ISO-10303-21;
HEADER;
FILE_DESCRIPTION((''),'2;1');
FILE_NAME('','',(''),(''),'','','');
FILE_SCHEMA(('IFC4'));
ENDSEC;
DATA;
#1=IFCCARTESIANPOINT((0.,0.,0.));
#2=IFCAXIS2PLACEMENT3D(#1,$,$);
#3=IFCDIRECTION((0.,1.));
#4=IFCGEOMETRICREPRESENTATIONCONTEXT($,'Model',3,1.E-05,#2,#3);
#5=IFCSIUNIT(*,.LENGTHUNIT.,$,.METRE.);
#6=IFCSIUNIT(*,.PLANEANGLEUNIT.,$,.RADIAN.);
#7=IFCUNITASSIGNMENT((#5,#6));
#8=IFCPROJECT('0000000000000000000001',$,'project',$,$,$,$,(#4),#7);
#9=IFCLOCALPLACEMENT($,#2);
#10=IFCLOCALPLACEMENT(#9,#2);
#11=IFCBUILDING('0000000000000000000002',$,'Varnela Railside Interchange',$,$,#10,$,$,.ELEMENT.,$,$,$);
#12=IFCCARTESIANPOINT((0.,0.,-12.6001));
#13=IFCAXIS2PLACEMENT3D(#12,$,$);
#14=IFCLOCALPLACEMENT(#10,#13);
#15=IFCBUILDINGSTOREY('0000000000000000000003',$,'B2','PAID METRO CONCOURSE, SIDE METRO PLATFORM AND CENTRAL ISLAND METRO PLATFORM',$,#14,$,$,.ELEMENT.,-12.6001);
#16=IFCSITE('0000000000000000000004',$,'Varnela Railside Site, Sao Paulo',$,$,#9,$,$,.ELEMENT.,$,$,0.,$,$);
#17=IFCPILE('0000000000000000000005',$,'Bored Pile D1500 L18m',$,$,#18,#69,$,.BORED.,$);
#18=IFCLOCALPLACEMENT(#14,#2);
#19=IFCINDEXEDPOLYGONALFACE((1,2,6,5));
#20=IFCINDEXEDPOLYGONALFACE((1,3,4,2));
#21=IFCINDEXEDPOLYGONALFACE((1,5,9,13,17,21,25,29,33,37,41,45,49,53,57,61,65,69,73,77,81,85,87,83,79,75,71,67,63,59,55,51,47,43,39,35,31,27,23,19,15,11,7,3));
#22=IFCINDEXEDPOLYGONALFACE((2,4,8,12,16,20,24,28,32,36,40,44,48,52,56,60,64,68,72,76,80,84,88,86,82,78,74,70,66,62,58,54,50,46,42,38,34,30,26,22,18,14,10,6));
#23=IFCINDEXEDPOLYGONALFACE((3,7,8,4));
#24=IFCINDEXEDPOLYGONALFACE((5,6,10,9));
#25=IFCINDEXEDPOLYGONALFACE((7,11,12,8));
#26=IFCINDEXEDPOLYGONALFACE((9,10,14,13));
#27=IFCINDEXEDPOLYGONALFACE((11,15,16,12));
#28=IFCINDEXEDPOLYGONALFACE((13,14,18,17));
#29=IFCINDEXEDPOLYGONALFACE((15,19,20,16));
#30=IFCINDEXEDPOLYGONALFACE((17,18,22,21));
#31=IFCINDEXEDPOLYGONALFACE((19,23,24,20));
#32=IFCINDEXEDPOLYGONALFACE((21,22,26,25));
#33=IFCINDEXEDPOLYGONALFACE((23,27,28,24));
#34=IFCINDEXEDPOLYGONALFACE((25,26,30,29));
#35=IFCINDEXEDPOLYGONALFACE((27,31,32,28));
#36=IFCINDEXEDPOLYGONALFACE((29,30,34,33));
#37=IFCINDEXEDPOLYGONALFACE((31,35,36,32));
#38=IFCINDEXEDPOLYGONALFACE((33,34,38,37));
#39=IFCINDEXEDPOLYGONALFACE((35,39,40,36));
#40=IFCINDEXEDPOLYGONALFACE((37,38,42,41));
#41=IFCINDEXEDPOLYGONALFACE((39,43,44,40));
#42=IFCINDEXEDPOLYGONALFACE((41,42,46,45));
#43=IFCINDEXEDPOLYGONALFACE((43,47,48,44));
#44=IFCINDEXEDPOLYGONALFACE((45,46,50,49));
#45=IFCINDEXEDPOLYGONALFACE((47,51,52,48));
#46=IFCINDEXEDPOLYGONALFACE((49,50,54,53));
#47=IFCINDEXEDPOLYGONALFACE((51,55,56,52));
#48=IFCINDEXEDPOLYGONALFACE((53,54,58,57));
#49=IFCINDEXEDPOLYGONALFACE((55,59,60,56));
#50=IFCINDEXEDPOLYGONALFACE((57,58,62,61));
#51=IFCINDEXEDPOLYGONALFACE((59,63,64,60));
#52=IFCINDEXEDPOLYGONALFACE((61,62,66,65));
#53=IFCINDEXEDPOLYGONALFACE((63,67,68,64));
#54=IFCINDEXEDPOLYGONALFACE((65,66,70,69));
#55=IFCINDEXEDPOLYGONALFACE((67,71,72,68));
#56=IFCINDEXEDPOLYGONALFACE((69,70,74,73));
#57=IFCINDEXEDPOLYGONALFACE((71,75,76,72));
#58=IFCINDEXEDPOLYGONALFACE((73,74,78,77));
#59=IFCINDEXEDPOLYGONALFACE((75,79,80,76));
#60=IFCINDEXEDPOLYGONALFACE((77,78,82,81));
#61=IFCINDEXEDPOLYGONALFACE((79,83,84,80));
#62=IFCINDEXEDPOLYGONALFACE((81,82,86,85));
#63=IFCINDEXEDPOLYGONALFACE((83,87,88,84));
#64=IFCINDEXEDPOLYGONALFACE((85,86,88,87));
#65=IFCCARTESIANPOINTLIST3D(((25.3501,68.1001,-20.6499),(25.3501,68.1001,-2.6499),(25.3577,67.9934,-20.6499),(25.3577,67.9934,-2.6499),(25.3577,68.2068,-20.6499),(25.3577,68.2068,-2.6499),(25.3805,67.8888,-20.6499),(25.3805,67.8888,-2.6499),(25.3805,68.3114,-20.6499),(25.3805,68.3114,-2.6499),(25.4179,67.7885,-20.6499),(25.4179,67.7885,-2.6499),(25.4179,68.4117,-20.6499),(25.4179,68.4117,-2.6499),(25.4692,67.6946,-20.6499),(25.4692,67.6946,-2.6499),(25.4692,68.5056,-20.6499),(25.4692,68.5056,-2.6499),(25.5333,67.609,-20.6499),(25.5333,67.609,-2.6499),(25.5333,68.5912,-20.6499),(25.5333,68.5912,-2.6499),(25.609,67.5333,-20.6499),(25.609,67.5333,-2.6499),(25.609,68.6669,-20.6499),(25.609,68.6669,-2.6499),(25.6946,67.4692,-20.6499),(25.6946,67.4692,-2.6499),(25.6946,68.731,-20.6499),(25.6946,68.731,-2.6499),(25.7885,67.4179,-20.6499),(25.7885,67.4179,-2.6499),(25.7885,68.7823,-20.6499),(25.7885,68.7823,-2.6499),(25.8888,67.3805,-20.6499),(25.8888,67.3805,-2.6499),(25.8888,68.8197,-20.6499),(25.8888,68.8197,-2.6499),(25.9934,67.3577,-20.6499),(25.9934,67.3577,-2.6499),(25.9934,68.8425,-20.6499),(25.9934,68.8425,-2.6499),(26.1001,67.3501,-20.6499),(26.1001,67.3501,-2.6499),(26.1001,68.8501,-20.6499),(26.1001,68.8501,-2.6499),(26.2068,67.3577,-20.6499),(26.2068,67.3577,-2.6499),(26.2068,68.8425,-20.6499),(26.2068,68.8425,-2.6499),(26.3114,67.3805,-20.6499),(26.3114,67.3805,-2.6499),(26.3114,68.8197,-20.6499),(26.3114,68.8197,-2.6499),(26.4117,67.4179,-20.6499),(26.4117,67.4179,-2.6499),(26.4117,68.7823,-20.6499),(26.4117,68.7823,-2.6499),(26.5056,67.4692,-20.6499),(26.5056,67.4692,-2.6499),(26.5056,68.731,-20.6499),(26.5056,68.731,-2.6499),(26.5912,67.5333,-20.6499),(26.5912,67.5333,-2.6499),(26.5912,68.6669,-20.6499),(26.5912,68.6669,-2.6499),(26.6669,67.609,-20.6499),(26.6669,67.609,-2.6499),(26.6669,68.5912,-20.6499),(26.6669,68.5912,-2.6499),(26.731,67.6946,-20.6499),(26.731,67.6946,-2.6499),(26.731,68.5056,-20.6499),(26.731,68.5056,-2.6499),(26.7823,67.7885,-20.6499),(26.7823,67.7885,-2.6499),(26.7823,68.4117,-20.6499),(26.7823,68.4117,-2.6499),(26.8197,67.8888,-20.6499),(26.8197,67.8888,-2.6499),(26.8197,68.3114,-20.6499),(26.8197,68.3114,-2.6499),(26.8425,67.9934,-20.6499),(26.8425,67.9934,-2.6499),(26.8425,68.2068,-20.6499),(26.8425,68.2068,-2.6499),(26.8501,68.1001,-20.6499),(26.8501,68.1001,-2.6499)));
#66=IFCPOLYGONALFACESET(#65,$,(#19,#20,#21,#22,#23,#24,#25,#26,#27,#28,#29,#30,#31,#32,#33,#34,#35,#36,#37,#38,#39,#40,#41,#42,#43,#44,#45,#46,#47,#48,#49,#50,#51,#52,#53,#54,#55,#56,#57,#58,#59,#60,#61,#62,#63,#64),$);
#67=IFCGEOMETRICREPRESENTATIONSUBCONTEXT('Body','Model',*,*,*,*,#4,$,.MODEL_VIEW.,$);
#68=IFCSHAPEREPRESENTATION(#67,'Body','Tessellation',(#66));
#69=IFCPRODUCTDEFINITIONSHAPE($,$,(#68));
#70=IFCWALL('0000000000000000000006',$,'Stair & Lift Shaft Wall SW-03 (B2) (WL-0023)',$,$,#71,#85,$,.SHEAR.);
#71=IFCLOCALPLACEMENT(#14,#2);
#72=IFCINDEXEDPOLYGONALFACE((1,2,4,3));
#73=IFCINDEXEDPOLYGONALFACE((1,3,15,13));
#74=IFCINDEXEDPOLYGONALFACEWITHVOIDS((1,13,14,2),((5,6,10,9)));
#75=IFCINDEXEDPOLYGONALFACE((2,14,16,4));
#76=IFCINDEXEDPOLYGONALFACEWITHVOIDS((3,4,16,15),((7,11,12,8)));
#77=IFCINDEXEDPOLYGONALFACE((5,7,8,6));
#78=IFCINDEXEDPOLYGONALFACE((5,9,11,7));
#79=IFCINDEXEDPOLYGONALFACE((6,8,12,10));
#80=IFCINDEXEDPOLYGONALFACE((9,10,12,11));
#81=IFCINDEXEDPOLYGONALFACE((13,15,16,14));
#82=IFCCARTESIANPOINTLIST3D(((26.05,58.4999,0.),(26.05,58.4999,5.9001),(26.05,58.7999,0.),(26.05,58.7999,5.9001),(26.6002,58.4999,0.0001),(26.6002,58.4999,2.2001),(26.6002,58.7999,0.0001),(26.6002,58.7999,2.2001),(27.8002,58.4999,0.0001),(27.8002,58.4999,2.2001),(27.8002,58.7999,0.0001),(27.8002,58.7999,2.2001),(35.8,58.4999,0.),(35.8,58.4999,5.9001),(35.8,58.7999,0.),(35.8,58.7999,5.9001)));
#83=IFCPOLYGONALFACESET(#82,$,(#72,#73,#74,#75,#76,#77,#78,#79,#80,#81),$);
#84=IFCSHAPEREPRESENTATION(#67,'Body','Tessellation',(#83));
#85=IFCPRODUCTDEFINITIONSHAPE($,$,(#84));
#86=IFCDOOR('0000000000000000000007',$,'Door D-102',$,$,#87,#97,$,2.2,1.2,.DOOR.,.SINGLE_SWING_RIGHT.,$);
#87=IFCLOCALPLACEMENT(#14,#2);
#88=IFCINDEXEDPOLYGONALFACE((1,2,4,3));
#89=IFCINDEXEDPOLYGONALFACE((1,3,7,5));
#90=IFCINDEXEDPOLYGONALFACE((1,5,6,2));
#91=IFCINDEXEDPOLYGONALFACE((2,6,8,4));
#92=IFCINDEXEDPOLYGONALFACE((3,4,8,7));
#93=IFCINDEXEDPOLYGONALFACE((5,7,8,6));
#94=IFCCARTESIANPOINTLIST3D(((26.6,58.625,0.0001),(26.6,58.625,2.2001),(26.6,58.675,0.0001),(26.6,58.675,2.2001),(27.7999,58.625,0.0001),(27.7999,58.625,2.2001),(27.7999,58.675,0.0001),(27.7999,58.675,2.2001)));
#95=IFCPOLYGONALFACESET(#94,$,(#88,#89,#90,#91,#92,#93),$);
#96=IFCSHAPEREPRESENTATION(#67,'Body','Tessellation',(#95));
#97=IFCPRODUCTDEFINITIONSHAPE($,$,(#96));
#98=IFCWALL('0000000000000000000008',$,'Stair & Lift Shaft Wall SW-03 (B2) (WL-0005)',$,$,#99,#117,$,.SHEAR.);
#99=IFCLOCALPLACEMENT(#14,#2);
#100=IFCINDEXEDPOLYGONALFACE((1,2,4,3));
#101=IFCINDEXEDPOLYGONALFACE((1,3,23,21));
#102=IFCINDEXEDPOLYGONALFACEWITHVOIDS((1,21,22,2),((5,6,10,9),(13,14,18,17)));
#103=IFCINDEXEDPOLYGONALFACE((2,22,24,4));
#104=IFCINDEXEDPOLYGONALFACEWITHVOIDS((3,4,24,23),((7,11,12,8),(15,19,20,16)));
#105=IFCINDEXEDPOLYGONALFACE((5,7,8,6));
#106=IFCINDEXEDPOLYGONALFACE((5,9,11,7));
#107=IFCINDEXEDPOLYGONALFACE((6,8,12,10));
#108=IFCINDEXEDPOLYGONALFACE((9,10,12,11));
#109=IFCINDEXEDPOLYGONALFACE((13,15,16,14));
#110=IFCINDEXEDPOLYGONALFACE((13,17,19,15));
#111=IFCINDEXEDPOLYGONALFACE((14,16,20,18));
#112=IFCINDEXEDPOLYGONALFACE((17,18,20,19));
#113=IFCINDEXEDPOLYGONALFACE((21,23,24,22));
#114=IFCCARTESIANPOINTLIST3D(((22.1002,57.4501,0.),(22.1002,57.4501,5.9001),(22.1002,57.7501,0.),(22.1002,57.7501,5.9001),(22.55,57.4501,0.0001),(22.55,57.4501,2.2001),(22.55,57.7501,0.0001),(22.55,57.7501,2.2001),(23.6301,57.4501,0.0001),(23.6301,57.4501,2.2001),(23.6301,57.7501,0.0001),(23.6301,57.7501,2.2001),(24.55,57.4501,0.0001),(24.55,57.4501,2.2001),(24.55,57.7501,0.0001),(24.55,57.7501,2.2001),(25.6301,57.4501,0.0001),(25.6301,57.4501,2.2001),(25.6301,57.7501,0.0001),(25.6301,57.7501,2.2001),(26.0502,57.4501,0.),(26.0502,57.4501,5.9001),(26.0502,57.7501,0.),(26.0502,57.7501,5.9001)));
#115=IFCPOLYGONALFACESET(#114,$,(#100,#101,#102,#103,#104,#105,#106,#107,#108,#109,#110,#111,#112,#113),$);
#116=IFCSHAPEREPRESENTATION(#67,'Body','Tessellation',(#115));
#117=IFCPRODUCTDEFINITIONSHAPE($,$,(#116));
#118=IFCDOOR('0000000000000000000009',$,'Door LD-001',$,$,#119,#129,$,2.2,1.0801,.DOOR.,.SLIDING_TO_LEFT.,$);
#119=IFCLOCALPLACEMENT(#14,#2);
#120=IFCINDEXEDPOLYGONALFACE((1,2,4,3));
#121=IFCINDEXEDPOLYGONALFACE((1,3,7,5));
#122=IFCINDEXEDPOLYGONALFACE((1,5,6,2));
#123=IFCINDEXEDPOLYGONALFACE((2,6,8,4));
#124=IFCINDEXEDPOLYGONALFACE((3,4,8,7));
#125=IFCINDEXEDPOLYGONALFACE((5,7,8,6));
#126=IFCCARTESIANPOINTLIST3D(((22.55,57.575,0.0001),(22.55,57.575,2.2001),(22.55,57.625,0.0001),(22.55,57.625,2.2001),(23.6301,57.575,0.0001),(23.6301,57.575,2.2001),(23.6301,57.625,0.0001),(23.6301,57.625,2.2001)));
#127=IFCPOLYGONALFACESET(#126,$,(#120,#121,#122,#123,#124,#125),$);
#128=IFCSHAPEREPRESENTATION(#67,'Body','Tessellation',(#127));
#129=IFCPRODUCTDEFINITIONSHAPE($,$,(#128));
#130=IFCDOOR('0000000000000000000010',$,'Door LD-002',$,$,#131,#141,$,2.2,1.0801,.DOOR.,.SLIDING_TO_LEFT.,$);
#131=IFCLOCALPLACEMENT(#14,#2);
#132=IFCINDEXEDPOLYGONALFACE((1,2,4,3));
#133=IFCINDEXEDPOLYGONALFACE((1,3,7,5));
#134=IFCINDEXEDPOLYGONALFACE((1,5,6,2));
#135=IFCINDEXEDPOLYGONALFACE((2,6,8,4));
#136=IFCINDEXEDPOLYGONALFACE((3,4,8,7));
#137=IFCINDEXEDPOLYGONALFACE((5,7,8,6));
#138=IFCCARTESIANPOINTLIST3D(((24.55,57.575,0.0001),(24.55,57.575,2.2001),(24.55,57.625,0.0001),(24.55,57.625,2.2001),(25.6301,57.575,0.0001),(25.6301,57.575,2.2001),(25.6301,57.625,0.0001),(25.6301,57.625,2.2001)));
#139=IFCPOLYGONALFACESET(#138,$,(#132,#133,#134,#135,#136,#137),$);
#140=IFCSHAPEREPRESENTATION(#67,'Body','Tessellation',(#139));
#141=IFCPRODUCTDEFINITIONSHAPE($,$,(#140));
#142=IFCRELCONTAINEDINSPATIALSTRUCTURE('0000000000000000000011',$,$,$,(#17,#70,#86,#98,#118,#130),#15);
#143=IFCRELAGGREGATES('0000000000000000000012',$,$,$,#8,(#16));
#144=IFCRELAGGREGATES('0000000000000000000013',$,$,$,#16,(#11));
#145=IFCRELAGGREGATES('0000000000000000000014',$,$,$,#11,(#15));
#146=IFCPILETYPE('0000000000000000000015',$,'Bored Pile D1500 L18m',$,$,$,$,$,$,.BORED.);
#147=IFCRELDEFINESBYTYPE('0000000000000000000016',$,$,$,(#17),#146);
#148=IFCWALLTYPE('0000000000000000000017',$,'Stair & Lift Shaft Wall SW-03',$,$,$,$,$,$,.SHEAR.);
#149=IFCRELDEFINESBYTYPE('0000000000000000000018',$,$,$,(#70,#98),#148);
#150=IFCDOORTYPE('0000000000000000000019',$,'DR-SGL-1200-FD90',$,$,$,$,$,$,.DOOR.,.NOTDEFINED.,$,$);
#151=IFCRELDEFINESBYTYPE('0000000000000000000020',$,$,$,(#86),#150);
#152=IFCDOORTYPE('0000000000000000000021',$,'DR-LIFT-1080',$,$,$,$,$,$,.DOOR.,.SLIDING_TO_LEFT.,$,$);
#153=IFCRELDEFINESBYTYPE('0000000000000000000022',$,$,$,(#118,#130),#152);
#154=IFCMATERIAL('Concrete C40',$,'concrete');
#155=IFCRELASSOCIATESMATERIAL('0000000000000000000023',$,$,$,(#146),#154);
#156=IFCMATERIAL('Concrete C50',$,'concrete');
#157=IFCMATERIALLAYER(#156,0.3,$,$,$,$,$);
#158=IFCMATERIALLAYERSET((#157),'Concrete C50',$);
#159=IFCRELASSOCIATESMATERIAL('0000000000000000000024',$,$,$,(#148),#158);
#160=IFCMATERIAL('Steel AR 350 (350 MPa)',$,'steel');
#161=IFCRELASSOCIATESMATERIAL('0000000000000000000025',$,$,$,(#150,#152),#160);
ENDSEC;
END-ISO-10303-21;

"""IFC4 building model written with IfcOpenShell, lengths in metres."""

from ifc_helpers import new_model, si_unit, direction, frame, frame_2d, origin, origin_2d, place, context, subcontext, project, spatial, rectangle, circle, extrude, material, layer, layer_set, material_profile, profile_set, type_object, element, fill, save


model = new_model("IFC4")

# Units and contexts
model_context = context("Model", 3, precision=1e-05, world=origin(), true_north=direction((0.0, 1.0)))
body_context = subcontext(model_context, "Body", "Model", "MODEL_VIEW")
ifc_project = project(units=[si_unit("LENGTHUNIT", "METRE"), si_unit("PLANEANGLEUNIT", "RADIAN")], contexts=[model_context])

# Site, building, storey
site_placement = place(None, origin())
site = spatial("IfcSite", under=ifc_project, at=site_placement, Name="Varnela Railside Site, Sao Paulo", CompositionType="ELEMENT", RefElevation=0.0)
building_placement = place(site_placement, origin())
building = spatial("IfcBuilding", under=site, at=building_placement, Name="Varnela Railside Interchange", CompositionType="ELEMENT")
storey_placement = place(building_placement, frame((0.0, 0.0, -12.6001)))
storey = spatial("IfcBuildingStorey", under=building, at=storey_placement, Name="B2", Description="PAID METRO CONCOURSE, SIDE METRO PLATFORM AND CENTRAL ISLAND METRO PLATFORM", CompositionType="ELEMENT", Elevation=-12.6001)

# Pile
ifc_material_1 = material(Name="Concrete C40", Category="concrete")
ifc_material_profile = material_profile(ifc_material_1, circle(Radius=0.75, at=origin_2d()), Name="BORED PILE D1500")
ifc_profile_set = profile_set([ifc_material_profile], Name="Concrete C40")
pile_type = type_object("IfcPileType", Name="Bored Pile D1500 L18m", PredefinedType="BORED", material=ifc_profile_set)
for number, where, z_axis, x_axis, name in (
    (1, (26.1001, 68.1001, -2.6499), (0.0, 0.0, -1.0), (1.0, 0.0, 0.0), "Bored Pile D1500 L18m"),
):
    element("IfcPile", number, at=place(storey_placement, frame(where, z_axis=z_axis, x_axis=x_axis)), inside=storey, type_object=pile_type, Name=name, PredefinedType="BORED", context=body_context, shape_type="SweptSolid", body=[
        extrude(circle(Radius=0.75, at=origin_2d()), origin(), (0.0, 0.0, 1.0), 18.0),
    ])

# Wall, opening, door
ifc_material_2 = material(Name="Concrete C50", Category="concrete")
ifc_layer = layer(ifc_material_2, 0.3)
ifc_layer_set = layer_set([ifc_layer], Name="Concrete C50")
wall_type = type_object("IfcWallType", Name="Stair & Lift Shaft Wall SW-03", PredefinedType="SHEAR", material=ifc_layer_set)
wall_1_placement = place(storey_placement, frame((26.05, 58.6499, 0.0), z_axis=(0.0, 0.0, 1.0), x_axis=(1.0, 0.0, 0.0)))
wall_1 = element("IfcWall", 2, at=wall_1_placement, inside=storey, type_object=wall_type, Name="Stair & Lift Shaft Wall SW-03 (B2) (WL-0023)", PredefinedType="SHEAR", context=body_context, shape_type="SweptSolid", body=[
    extrude(rectangle(XDim=9.75, YDim=0.3, at=frame_2d((4.875, 0.0))), origin(), (0.0, 0.0, 1.0), 5.9001),
])
opening_1_placement = place(wall_1_placement, frame((0.55, 0.0, 0.0)))
opening_1 = element("IfcOpeningElement", 3, at=opening_1_placement, cuts=wall_1, PredefinedType="OPENING", context=body_context, shape_type="SweptSolid", body=[
    extrude(rectangle(XDim=1.2, YDim=2.2, at=frame_2d((0.6001, 1.1001))), frame((0.0, 0.1599, 0.0), z_axis=(0.0, -1.0, 0.0), x_axis=(1.0, 0.0, 0.0)), (0.0, 0.0, 1.0), 0.3201),
])
ifc_material_3 = material(Name="Steel AR 350 (350 MPa)", Category="steel")
door_type_1 = type_object("IfcDoorType", Name="DR-SGL-1200-FD90", OperationType="NOTDEFINED", PredefinedType="DOOR", material=ifc_material_3)
door_1_placement = place(opening_1_placement, frame((1.2, 0.0, 0.0), z_axis=(0.0, 0.0, 1.0), x_axis=(-1.0, 0.0, 0.0)))
door_1 = element("IfcDoor", 4, at=door_1_placement, inside=storey, type_object=door_type_1, Name="Door D-102", OperationType="SINGLE_SWING_RIGHT", OverallHeight=2.2, OverallWidth=1.2, PredefinedType="DOOR", context=body_context, shape_type="SweptSolid", body=[
    extrude(rectangle(XDim=1.2, YDim=2.2, at=frame_2d((0.6001, 1.1001))), frame((0.0, 0.0249, 0.0), z_axis=(0.0, -1.0, 0.0), x_axis=(1.0, 0.0, 0.0)), (0.0, 0.0, 1.0), 0.05),
])
fill(opening_1, door_1)

# Wall, openings, doors
wall_2_placement = place(storey_placement, frame((22.1001, 57.6001, 0.0), z_axis=(0.0, 0.0, 1.0), x_axis=(1.0, 0.0, 0.0)))
wall_2 = element("IfcWall", 5, at=wall_2_placement, inside=storey, type_object=wall_type, Name="Stair & Lift Shaft Wall SW-03 (B2) (WL-0005)", PredefinedType="SHEAR", context=body_context, shape_type="SweptSolid", body=[
    extrude(rectangle(XDim=3.95, YDim=0.3, at=frame_2d((1.9751, 0.0))), origin(), (0.0, 0.0, 1.0), 5.9001),
])
opening_2_placement = place(wall_2_placement, frame((0.45, 0.0, 0.0)))
opening_2 = element("IfcOpeningElement", 6, at=opening_2_placement, cuts=wall_2, PredefinedType="OPENING", context=body_context, shape_type="SweptSolid", body=[
    extrude(rectangle(XDim=1.0801, YDim=2.2, at=frame_2d((0.54, 1.1001))), frame((0.0, 0.1599, 0.0), z_axis=(0.0, -1.0, 0.0), x_axis=(1.0, 0.0, 0.0)), (0.0, 0.0, 1.0), 0.3201),
])
opening_3_placement = place(wall_2_placement, frame((2.45, 0.0, 0.0)))
opening_3 = element("IfcOpeningElement", 7, at=opening_3_placement, cuts=wall_2, PredefinedType="OPENING", context=body_context, shape_type="SweptSolid", body=[
    extrude(rectangle(XDim=1.0801, YDim=2.2, at=frame_2d((0.54, 1.1001))), frame((0.0, 0.1599, 0.0), z_axis=(0.0, -1.0, 0.0), x_axis=(1.0, 0.0, 0.0)), (0.0, 0.0, 1.0), 0.3201),
])
door_type_2 = type_object("IfcDoorType", Name="DR-LIFT-1080", OperationType="SLIDING_TO_LEFT", PredefinedType="DOOR", material=ifc_material_3)
door_2_placement = place(opening_2_placement, origin())
door_2 = element("IfcDoor", 8, at=door_2_placement, inside=storey, type_object=door_type_2, Name="Door LD-001", OperationType="SLIDING_TO_LEFT", OverallHeight=2.2, OverallWidth=1.0801, PredefinedType="DOOR", context=body_context, shape_type="SweptSolid", body=[
    extrude(rectangle(XDim=1.0801, YDim=2.2, at=frame_2d((0.54, 1.1001))), frame((0.0, 0.0249, 0.0), z_axis=(0.0, -1.0, 0.0), x_axis=(1.0, 0.0, 0.0)), (0.0, 0.0, 1.0), 0.05),
])
fill(opening_2, door_2)
door_3_placement = place(opening_3_placement, origin())
door_3 = element("IfcDoor", 9, at=door_3_placement, inside=storey, type_object=door_type_2, Name="Door LD-002", OperationType="SLIDING_TO_LEFT", OverallHeight=2.2, OverallWidth=1.0801, PredefinedType="DOOR", context=body_context, shape_type="SweptSolid", body=[
    extrude(rectangle(XDim=1.0801, YDim=2.2, at=frame_2d((0.54, 1.1001))), frame((0.0, 0.0249, 0.0), z_axis=(0.0, -1.0, 0.0), x_axis=(1.0, 0.0, 0.0)), (0.0, 0.0, 1.0), 0.05),
])
fill(opening_3, door_3)

save(model, "model.ifc")
